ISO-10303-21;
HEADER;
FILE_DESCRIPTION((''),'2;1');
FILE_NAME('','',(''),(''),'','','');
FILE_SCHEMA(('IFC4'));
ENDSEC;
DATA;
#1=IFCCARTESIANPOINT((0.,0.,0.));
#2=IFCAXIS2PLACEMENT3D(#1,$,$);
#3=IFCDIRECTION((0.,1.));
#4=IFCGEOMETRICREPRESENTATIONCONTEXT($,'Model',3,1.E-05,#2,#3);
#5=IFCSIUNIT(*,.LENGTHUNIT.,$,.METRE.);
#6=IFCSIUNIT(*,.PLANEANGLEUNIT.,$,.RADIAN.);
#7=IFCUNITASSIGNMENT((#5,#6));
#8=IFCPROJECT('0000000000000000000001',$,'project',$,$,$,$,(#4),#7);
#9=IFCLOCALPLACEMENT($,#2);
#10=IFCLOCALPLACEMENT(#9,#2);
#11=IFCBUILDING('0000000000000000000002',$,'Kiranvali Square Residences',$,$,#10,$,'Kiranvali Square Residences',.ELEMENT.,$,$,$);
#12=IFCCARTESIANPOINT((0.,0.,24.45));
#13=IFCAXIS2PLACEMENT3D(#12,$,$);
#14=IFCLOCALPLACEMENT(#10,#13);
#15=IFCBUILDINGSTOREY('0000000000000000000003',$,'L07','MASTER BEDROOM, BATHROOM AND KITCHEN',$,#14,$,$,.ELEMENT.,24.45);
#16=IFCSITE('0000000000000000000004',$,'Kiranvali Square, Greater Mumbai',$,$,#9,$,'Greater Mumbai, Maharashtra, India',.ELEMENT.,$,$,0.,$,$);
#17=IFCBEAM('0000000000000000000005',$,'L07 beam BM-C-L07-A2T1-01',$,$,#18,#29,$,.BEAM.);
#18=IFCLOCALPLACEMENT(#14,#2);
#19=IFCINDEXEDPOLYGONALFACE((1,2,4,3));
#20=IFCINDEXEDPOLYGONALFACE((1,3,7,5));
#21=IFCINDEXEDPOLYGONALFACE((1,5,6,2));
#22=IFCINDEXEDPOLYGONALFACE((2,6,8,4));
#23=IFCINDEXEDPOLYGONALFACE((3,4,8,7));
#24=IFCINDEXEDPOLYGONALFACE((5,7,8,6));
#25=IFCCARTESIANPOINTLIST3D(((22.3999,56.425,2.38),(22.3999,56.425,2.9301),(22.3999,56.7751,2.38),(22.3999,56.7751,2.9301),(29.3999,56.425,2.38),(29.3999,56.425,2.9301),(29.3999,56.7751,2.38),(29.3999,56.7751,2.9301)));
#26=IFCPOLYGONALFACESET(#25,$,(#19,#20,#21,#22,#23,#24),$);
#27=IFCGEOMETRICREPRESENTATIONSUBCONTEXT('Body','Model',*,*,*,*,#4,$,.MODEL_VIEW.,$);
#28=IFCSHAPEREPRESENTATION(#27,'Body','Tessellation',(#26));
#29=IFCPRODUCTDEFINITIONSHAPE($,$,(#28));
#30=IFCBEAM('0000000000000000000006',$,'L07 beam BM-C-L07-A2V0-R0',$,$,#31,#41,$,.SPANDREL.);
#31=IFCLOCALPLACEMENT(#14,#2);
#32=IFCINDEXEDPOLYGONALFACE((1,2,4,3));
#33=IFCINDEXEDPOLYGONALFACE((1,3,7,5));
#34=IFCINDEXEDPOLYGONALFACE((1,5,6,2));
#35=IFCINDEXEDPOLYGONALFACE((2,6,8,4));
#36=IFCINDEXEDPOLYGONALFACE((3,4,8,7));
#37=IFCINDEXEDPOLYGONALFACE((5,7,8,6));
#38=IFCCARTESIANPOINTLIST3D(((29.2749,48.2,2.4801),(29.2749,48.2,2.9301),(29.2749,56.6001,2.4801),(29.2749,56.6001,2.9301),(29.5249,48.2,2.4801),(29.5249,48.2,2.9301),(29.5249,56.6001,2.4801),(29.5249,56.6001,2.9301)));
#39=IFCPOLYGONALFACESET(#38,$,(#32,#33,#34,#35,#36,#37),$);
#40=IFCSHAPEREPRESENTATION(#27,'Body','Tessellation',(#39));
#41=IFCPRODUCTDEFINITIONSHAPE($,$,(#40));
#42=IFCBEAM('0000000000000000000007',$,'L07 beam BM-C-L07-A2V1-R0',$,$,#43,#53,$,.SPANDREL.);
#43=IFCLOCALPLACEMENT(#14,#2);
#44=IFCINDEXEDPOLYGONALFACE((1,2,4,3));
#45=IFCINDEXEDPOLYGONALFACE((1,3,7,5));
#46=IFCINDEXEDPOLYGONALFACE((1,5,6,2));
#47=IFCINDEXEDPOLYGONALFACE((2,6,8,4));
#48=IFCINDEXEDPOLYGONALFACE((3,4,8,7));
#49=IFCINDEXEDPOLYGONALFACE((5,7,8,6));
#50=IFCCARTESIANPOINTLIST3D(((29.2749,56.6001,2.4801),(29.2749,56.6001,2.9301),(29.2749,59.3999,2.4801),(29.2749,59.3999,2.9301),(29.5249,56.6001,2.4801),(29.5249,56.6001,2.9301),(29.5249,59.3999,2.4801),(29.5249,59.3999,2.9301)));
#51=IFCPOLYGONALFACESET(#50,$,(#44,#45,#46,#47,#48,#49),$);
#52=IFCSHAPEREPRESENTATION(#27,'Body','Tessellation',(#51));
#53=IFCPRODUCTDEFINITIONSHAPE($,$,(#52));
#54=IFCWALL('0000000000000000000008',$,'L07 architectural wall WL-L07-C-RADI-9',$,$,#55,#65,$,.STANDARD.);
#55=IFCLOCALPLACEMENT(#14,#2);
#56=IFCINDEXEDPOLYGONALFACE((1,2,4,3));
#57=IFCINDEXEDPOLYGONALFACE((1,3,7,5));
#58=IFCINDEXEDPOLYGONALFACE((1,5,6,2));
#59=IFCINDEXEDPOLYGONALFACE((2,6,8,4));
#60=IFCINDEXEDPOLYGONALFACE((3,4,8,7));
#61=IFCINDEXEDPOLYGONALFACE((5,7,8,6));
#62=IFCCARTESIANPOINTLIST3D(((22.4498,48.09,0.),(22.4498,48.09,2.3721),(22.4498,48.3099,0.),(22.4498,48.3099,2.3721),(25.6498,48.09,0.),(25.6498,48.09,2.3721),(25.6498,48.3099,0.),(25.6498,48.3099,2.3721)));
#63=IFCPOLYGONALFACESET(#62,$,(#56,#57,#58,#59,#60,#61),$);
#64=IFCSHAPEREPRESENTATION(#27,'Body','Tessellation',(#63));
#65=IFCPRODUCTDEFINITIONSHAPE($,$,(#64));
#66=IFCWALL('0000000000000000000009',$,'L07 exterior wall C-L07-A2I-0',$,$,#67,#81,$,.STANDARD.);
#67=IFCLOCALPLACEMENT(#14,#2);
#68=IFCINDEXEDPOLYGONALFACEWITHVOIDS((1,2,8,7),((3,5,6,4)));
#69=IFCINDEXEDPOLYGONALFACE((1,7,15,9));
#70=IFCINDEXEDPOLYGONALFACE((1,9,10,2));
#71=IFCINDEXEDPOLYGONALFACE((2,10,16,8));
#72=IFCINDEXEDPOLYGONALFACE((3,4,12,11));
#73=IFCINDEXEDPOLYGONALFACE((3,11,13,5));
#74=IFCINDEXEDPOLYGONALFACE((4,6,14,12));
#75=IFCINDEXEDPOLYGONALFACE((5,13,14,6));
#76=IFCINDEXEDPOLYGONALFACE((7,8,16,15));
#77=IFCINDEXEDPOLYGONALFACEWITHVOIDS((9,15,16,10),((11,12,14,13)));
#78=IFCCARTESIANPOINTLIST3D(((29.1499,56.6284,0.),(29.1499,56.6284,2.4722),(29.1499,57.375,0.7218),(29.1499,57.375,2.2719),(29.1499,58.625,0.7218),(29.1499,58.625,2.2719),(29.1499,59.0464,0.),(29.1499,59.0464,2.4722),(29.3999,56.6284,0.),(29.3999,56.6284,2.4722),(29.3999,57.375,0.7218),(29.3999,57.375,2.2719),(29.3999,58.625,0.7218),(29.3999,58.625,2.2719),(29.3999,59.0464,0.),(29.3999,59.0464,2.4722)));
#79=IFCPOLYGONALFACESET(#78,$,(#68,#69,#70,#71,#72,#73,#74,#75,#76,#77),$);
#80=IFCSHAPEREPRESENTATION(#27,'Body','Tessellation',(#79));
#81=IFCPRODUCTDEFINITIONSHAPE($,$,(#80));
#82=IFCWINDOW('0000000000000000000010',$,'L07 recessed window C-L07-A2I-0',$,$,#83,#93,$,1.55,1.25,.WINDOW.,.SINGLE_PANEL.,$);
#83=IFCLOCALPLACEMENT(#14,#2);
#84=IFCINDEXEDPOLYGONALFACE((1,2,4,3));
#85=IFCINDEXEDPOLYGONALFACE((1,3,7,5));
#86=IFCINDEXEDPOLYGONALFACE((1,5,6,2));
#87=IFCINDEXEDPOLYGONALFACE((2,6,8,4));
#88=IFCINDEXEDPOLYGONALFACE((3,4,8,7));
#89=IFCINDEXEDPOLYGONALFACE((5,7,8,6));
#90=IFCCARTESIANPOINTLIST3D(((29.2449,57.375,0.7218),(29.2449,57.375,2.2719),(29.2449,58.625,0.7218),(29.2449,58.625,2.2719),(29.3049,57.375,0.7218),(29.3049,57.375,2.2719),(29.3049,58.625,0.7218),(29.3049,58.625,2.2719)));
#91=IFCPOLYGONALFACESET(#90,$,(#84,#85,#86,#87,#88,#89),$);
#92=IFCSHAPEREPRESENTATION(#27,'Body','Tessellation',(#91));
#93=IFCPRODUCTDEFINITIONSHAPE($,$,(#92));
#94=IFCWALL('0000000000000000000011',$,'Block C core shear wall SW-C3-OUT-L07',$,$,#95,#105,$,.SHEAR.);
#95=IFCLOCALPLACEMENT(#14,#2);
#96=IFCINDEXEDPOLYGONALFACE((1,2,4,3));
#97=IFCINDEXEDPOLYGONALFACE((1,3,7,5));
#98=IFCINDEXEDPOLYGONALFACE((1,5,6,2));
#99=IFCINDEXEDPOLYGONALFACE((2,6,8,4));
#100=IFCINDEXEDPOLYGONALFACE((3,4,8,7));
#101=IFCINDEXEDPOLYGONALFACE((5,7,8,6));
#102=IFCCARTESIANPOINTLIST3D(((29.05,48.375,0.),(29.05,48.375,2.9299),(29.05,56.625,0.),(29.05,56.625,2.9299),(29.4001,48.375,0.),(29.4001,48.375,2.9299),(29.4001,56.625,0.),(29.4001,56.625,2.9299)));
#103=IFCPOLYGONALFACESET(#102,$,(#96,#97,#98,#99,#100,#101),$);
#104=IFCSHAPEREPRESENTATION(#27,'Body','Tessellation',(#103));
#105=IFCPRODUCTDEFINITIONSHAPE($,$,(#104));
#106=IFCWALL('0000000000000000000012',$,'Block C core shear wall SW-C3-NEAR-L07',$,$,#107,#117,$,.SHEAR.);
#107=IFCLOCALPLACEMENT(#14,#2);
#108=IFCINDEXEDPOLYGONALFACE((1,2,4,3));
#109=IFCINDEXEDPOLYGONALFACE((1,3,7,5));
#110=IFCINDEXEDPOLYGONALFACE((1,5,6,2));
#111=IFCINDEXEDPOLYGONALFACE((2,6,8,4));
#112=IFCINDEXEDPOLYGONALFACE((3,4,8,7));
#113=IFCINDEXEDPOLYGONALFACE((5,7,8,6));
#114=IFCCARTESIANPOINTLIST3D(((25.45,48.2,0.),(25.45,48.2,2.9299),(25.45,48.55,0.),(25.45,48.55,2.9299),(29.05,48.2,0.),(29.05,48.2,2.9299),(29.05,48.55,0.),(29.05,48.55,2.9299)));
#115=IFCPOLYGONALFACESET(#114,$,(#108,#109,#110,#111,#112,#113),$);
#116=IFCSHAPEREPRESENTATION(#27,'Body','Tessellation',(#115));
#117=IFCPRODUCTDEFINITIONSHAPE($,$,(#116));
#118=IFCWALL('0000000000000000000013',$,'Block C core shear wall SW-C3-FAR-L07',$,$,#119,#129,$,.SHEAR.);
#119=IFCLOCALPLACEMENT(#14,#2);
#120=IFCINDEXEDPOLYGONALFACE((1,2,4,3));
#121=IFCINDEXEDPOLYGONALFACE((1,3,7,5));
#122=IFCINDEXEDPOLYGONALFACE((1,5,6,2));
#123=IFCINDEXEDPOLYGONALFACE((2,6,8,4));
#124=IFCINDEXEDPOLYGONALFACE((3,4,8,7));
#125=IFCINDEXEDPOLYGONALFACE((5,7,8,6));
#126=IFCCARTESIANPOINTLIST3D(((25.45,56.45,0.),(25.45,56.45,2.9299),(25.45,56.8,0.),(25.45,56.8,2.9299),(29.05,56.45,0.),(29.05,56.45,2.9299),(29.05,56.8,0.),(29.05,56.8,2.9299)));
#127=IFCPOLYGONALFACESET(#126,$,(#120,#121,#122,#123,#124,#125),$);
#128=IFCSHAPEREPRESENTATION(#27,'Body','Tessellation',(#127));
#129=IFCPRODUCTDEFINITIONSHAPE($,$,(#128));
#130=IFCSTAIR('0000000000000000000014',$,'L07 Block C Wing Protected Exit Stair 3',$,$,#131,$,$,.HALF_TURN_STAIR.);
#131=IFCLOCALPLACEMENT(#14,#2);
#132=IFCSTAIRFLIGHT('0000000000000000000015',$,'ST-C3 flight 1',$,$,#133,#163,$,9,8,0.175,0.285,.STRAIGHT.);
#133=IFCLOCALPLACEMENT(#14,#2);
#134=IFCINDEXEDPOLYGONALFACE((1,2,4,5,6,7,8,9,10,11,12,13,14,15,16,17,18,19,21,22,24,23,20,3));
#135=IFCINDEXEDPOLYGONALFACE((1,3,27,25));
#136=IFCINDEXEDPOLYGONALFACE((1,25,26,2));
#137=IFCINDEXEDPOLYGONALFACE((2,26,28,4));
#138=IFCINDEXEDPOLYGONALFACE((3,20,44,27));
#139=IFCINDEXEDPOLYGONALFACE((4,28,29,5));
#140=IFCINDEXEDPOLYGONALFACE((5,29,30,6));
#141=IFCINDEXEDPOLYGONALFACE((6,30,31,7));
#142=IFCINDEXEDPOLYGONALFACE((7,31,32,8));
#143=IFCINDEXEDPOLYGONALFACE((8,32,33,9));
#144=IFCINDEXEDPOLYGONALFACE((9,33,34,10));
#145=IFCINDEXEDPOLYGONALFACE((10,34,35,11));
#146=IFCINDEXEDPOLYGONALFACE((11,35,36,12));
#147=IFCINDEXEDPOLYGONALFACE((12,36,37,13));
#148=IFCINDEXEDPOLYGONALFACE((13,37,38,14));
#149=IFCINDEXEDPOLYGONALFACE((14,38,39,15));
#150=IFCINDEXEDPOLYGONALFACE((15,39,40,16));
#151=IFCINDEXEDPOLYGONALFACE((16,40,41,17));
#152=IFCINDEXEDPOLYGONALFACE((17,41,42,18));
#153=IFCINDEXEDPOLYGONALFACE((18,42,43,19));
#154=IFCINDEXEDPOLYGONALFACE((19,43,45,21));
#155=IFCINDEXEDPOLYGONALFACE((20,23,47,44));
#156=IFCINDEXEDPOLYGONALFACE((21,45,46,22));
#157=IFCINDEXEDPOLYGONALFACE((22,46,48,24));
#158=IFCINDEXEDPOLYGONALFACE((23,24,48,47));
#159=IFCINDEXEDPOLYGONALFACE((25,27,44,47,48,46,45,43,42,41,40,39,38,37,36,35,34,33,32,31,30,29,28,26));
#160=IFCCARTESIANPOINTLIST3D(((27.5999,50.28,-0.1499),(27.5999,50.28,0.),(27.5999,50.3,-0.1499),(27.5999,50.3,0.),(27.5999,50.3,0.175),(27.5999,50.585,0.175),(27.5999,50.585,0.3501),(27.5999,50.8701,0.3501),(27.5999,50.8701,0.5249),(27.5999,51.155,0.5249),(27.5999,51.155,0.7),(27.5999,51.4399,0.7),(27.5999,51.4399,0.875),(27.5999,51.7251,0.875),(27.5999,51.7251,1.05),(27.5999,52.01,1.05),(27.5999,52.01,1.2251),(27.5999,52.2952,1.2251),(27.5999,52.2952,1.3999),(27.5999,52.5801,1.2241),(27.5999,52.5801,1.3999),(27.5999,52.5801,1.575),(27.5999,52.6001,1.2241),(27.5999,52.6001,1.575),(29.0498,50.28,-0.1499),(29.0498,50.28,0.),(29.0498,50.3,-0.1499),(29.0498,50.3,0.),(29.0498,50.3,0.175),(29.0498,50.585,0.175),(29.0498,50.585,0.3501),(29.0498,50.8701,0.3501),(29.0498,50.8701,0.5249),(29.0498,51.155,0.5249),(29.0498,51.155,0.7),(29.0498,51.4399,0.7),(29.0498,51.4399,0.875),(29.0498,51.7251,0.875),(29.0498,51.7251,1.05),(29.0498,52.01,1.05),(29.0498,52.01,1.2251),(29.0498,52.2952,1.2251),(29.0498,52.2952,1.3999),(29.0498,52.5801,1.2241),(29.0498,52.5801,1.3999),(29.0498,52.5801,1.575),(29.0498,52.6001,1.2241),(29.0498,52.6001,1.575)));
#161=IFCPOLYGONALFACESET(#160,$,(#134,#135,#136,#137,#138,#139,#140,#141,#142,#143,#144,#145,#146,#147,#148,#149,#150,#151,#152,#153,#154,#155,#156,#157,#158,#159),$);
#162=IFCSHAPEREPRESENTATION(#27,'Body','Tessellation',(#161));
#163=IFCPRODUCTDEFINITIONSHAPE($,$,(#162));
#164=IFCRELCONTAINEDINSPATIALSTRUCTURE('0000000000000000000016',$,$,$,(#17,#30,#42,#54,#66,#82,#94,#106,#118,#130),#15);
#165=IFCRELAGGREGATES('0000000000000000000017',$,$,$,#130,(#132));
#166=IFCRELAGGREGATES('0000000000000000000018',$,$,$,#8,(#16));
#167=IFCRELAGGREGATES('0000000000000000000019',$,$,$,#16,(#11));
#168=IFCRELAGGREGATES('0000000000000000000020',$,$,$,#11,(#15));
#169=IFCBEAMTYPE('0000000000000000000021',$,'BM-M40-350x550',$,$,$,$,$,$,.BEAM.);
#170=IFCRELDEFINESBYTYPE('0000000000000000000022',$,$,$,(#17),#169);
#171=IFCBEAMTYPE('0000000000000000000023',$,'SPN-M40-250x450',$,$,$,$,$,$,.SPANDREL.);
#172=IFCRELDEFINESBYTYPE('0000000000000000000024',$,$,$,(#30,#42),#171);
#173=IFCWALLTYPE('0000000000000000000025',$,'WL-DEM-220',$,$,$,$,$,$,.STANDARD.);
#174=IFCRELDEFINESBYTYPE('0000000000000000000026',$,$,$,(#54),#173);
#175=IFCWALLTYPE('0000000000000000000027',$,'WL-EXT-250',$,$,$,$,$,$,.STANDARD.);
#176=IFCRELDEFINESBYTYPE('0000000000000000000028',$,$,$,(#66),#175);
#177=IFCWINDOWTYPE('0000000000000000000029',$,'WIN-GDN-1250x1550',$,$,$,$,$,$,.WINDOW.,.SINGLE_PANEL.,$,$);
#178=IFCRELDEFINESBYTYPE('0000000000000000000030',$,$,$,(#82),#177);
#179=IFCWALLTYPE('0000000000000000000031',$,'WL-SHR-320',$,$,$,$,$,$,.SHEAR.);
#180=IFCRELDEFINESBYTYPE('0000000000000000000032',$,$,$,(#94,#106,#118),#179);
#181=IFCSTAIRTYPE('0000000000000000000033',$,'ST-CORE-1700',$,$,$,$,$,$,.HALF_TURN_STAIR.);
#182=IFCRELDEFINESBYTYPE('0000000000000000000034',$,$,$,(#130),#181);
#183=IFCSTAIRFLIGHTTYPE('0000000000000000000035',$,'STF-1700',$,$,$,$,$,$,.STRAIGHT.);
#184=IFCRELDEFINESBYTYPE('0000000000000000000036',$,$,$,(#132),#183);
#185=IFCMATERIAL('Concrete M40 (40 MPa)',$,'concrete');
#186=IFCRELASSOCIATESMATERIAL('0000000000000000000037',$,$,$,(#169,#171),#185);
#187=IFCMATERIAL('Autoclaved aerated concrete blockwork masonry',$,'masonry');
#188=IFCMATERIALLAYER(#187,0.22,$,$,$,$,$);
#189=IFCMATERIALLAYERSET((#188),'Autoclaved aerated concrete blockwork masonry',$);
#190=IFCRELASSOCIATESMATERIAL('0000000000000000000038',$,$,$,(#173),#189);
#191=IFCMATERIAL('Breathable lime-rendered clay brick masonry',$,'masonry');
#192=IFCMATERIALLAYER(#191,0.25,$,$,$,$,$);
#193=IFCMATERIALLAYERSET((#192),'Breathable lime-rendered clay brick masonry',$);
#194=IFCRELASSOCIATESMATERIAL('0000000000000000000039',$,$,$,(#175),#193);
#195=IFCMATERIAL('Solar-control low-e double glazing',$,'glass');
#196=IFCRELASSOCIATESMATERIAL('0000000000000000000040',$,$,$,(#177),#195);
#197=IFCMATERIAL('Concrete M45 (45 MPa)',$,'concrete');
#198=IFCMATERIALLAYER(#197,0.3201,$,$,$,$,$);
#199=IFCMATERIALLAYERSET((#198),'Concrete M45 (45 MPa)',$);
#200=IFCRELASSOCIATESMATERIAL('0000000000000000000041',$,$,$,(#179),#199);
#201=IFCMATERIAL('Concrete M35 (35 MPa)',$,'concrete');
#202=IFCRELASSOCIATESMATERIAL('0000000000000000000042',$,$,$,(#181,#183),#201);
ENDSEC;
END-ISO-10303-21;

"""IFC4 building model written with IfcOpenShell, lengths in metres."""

from ifc_helpers import new_model, si_unit, direction, frame, frame_2d, origin, origin_2d, place, context, subcontext, project, spatial, polyline, rectangle, outline, extrude, material, layer, layer_set, material_profile, profile_set, type_object, element, fill, aggregate, save


model = new_model("IFC4")

# Units and contexts
model_context = context("Model", 3, precision=1e-05, world=origin(), true_north=direction((0.0, 1.0)))
body_context = subcontext(model_context, "Body", "Model", "MODEL_VIEW")
ifc_project = project(units=[si_unit("LENGTHUNIT", "METRE"), si_unit("PLANEANGLEUNIT", "RADIAN")], contexts=[model_context])

# Site, building, storey
site_placement = place(None, origin())
site = spatial("IfcSite", under=ifc_project, at=site_placement, Name="Kiranvali Square, Greater Mumbai", LongName="Greater Mumbai, Maharashtra, India", CompositionType="ELEMENT", RefElevation=0.0)
building_placement = place(site_placement, origin())
building = spatial("IfcBuilding", under=site, at=building_placement, Name="Kiranvali Square Residences", LongName="Kiranvali Square Residences", CompositionType="ELEMENT")
storey_placement = place(building_placement, frame((0.0, 0.0, 24.45)))
storey = spatial("IfcBuildingStorey", under=building, at=storey_placement, Name="L07", Description="MASTER BEDROOM, BATHROOM AND KITCHEN", CompositionType="ELEMENT", Elevation=24.45)

# Beams
ifc_material_1 = material(Name="Concrete M40 (40 MPa)", Category="concrete")
ifc_material_profile_1 = material_profile(ifc_material_1, rectangle(XDim=0.3501, YDim=0.55, at=origin_2d()), Name="RC 350x550")
ifc_profile_set_1 = profile_set([ifc_material_profile_1], Name="Concrete M40 (40 MPa)")
beam_type_1 = type_object("IfcBeamType", Name="BM-M40-350x550", PredefinedType="BEAM", material=ifc_profile_set_1)
beam_1_placement = place(storey_placement, frame((29.3999, 56.6001, 2.655), z_axis=(-1.0, 0.0, 0.0), x_axis=(0.0, -1.0, 0.0)))
element("IfcBeam", 1, at=beam_1_placement, inside=storey, type_object=beam_type_1, Name="L07 beam BM-C-L07-A2T1-01", PredefinedType="BEAM", context=body_context, shape_type="SweptSolid", body=[
    extrude(rectangle(XDim=0.3501, YDim=0.55, at=origin_2d()), origin(), (0.0, 0.0, 1.0), 7.0),
])
ifc_material_profile_2 = material_profile(ifc_material_1, rectangle(XDim=0.25, YDim=0.45, at=origin_2d()), Name="RC 250x450")
ifc_profile_set_2 = profile_set([ifc_material_profile_2], Name="Concrete M40 (40 MPa)")
beam_type_2 = type_object("IfcBeamType", Name="SPN-M40-250x450", PredefinedType="SPANDREL", material=ifc_profile_set_2)
beam_2_placement = place(storey_placement, frame((29.3999, 48.2, 2.7051), z_axis=(0.0, 1.0, 0.0), x_axis=(-1.0, 0.0, 0.0)))
element("IfcBeam", 2, at=beam_2_placement, inside=storey, type_object=beam_type_2, Name="L07 beam BM-C-L07-A2V0-R0", PredefinedType="SPANDREL", context=body_context, shape_type="SweptSolid", body=[
    extrude(rectangle(XDim=0.25, YDim=0.45, at=origin_2d()), origin(), (0.0, 0.0, 1.0), 8.4001),
])
beam_3_placement = place(storey_placement, frame((29.3999, 56.6001, 2.7051), z_axis=(0.0, 1.0, 0.0), x_axis=(-1.0, 0.0, 0.0)))
element("IfcBeam", 3, at=beam_3_placement, inside=storey, type_object=beam_type_2, Name="L07 beam BM-C-L07-A2V1-R0", PredefinedType="SPANDREL", context=body_context, shape_type="SweptSolid", body=[
    extrude(rectangle(XDim=0.25, YDim=0.45, at=origin_2d()), origin(), (0.0, 0.0, 1.0), 2.7998),
])

# Shared definitions
ifc_material_2 = material(Name="Autoclaved aerated concrete blockwork masonry", Category="masonry")

# Wall
ifc_layer_1 = layer(ifc_material_2, 0.22)
ifc_layer_set_1 = layer_set([ifc_layer_1], Name="Autoclaved aerated concrete blockwork masonry")
wall_type_1 = type_object("IfcWallType", Name="WL-DEM-220", PredefinedType="STANDARD", material=ifc_layer_set_1)
wall_1_placement = place(storey_placement, frame((25.6499, 48.2, 0.0), z_axis=(0.0, 0.0, 1.0), x_axis=(-1.0, 0.0, 0.0)))
element("IfcWall", 4, at=wall_1_placement, inside=storey, type_object=wall_type_1, Name="L07 architectural wall WL-L07-C-RADI-9", PredefinedType="STANDARD", context=body_context, shape_type="SweptSolid", body=[
    extrude(rectangle(XDim=3.2, YDim=0.22, at=frame_2d((1.6001, 0.0))), origin(), (0.0, 0.0, 1.0), 2.3721),
])

# Wall, opening, window
ifc_material_3 = material(Name="Breathable lime-rendered clay brick masonry", Category="masonry")
ifc_layer_2 = layer(ifc_material_3, 0.25)
ifc_layer_set_2 = layer_set([ifc_layer_2], Name="Breathable lime-rendered clay brick masonry")
wall_type_2 = type_object("IfcWallType", Name="WL-EXT-250", PredefinedType="STANDARD", material=ifc_layer_set_2)
wall_2_placement = place(storey_placement, frame((29.2749, 56.6284, 0.0), z_axis=(0.0, 0.0, 1.0), x_axis=(0.0, 1.0, 0.0)))
wall_2 = element("IfcWall", 5, at=wall_2_placement, inside=storey, type_object=wall_type_2, Name="L07 exterior wall C-L07-A2I-0", PredefinedType="STANDARD", context=body_context, shape_type="SweptSolid", body=[
    extrude(rectangle(XDim=2.418, YDim=0.25, at=frame_2d((1.209, 0.0))), origin(), (0.0, 0.0, 1.0), 2.4722),
])
opening_1_placement = place(wall_2_placement, frame((0.7466, 0.0, 0.7219)))
opening_1 = element("IfcOpeningElement", 6, at=opening_1_placement, cuts=wall_2, PredefinedType="OPENING", context=body_context, shape_type="SweptSolid", body=[
    extrude(rectangle(XDim=1.25, YDim=1.55, at=frame_2d((0.625, 0.7749))), frame((0.0, 0.135, 0.0), z_axis=(0.0, -1.0, 0.0), x_axis=(1.0, 0.0, 0.0)), (0.0, 0.0, 1.0), 0.27),
])
ifc_material_4 = material(Name="Solar-control low-e double glazing", Category="glass")
window_type = type_object("IfcWindowType", Name="WIN-GDN-1250x1550", PartitioningType="SINGLE_PANEL", PredefinedType="WINDOW", material=ifc_material_4)
window_placement = place(opening_1_placement, origin())
window = element("IfcWindow", 7, at=window_placement, inside=storey, type_object=window_type, Name="L07 recessed window C-L07-A2I-0", OverallHeight=1.55, OverallWidth=1.25, PartitioningType="SINGLE_PANEL", PredefinedType="WINDOW", context=body_context, shape_type="SweptSolid", body=[
    extrude(rectangle(XDim=1.25, YDim=1.55, at=frame_2d((0.625, 0.7749))), frame((0.0, 0.03, 0.0), z_axis=(0.0, -1.0, 0.0), x_axis=(1.0, 0.0, 0.0)), (0.0, 0.0, 1.0), 0.0601),
])
fill(opening_1, window)

# Wall
ifc_material_5 = material(Name="Concrete M45 (45 MPa)", Category="concrete")
ifc_layer_3 = layer(ifc_material_5, 0.3201)
ifc_layer_set_3 = layer_set([ifc_layer_3], Name="Concrete M45 (45 MPa)")
wall_type_3 = type_object("IfcWallType", Name="WL-SHR-320", PredefinedType="SHEAR", material=ifc_layer_set_3)
wall_3_placement = place(storey_placement, frame((29.2251, 48.375, 0.0), z_axis=(0.0, 0.0, 1.0), x_axis=(0.0, 1.0, 0.0)))
element("IfcWall", 8, at=wall_3_placement, inside=storey, type_object=wall_type_3, Name="Block C core shear wall SW-C3-OUT-L07", PredefinedType="SHEAR", context=body_context, shape_type="SweptSolid", body=[
    extrude(rectangle(XDim=8.25, YDim=0.3501, at=frame_2d((4.125, 0.0))), origin(), (0.0, 0.0, 1.0), 2.9299),
])

# Walls
for number, where, z_axis, x_axis, name in (
    (9, (29.05, 48.375, 0.0), (0.0, 0.0, 1.0), (-1.0, 0.0, 0.0), "Block C core shear wall SW-C3-NEAR-L07"),
    (10, (29.05, 56.625, 0.0), (0.0, 0.0, 1.0), (-1.0, 0.0, 0.0), "Block C core shear wall SW-C3-FAR-L07"),
):
    element("IfcWall", number, at=place(storey_placement, frame(where, z_axis=z_axis, x_axis=x_axis)), inside=storey, type_object=wall_type_3, Name=name, PredefinedType="SHEAR", context=body_context, shape_type="SweptSolid", body=[
        extrude(rectangle(XDim=3.6001, YDim=0.3501, at=frame_2d((1.8, 0.0))), origin(), (0.0, 0.0, 1.0), 2.9299),
    ])

# Stair, stair flight
ifc_material_6 = material(Name="Concrete M35 (35 MPa)", Category="concrete")
stair_type = type_object("IfcStairType", Name="ST-CORE-1700", PredefinedType="HALF_TURN_STAIR", material=ifc_material_6)
stair_placement = place(storey_placement, origin())
stair = element("IfcStair", 11, at=stair_placement, inside=storey, type_object=stair_type, Name="L07 Block C Wing Protected Exit Stair 3", PredefinedType="HALF_TURN_STAIR")
stair_flight_type = type_object("IfcStairFlightType", Name="STF-1700", PredefinedType="STRAIGHT", material=ifc_material_6)
stair_flight_1_placement = place(storey_placement, frame((28.325, 50.3, 0.0), z_axis=(0.0, 0.0, 1.0), x_axis=(0.0, 1.0, 0.0)))
stair_flight_1 = element("IfcStairFlight", 12, at=stair_flight_1_placement, type_object=stair_flight_type, Name="ST-C3 flight 1", NumberOfRisers=9, NumberOfTreads=8, PredefinedType="STRAIGHT", RiserHeight=0.175, TreadLength=0.285, context=body_context, shape_type="SweptSolid", body=[
    extrude(outline(polyline([(-0.02, -0.1499), (-0.02, 0.0), (0.0, 0.0), (0.0, 0.175), (0.2849, 0.175), (0.2849, 0.3501), (0.5701, 0.3501), (0.5701, 0.5249), (0.855, 0.5249), (0.855, 0.7), (1.1399, 0.7), (1.1399, 0.875), (1.425, 0.875), (1.425, 1.05), (1.71, 1.05), (1.71, 1.2251), (1.9951, 1.2251), (1.9951, 1.3999), (2.28, 1.3999), (2.28, 1.575), (2.3, 1.575), (2.3, 1.2241), (2.28, 1.2241), (0.0, -0.1499), (-0.02, -0.1499)])), frame((0.0, 0.7251, 0.0), z_axis=(0.0, -1.0, 0.0), x_axis=(1.0, 0.0, 0.0)), (0.0, 0.0, 1.0), 1.45),
])
aggregate(stair, [stair_flight_1])

save(model, "model.ifc")
